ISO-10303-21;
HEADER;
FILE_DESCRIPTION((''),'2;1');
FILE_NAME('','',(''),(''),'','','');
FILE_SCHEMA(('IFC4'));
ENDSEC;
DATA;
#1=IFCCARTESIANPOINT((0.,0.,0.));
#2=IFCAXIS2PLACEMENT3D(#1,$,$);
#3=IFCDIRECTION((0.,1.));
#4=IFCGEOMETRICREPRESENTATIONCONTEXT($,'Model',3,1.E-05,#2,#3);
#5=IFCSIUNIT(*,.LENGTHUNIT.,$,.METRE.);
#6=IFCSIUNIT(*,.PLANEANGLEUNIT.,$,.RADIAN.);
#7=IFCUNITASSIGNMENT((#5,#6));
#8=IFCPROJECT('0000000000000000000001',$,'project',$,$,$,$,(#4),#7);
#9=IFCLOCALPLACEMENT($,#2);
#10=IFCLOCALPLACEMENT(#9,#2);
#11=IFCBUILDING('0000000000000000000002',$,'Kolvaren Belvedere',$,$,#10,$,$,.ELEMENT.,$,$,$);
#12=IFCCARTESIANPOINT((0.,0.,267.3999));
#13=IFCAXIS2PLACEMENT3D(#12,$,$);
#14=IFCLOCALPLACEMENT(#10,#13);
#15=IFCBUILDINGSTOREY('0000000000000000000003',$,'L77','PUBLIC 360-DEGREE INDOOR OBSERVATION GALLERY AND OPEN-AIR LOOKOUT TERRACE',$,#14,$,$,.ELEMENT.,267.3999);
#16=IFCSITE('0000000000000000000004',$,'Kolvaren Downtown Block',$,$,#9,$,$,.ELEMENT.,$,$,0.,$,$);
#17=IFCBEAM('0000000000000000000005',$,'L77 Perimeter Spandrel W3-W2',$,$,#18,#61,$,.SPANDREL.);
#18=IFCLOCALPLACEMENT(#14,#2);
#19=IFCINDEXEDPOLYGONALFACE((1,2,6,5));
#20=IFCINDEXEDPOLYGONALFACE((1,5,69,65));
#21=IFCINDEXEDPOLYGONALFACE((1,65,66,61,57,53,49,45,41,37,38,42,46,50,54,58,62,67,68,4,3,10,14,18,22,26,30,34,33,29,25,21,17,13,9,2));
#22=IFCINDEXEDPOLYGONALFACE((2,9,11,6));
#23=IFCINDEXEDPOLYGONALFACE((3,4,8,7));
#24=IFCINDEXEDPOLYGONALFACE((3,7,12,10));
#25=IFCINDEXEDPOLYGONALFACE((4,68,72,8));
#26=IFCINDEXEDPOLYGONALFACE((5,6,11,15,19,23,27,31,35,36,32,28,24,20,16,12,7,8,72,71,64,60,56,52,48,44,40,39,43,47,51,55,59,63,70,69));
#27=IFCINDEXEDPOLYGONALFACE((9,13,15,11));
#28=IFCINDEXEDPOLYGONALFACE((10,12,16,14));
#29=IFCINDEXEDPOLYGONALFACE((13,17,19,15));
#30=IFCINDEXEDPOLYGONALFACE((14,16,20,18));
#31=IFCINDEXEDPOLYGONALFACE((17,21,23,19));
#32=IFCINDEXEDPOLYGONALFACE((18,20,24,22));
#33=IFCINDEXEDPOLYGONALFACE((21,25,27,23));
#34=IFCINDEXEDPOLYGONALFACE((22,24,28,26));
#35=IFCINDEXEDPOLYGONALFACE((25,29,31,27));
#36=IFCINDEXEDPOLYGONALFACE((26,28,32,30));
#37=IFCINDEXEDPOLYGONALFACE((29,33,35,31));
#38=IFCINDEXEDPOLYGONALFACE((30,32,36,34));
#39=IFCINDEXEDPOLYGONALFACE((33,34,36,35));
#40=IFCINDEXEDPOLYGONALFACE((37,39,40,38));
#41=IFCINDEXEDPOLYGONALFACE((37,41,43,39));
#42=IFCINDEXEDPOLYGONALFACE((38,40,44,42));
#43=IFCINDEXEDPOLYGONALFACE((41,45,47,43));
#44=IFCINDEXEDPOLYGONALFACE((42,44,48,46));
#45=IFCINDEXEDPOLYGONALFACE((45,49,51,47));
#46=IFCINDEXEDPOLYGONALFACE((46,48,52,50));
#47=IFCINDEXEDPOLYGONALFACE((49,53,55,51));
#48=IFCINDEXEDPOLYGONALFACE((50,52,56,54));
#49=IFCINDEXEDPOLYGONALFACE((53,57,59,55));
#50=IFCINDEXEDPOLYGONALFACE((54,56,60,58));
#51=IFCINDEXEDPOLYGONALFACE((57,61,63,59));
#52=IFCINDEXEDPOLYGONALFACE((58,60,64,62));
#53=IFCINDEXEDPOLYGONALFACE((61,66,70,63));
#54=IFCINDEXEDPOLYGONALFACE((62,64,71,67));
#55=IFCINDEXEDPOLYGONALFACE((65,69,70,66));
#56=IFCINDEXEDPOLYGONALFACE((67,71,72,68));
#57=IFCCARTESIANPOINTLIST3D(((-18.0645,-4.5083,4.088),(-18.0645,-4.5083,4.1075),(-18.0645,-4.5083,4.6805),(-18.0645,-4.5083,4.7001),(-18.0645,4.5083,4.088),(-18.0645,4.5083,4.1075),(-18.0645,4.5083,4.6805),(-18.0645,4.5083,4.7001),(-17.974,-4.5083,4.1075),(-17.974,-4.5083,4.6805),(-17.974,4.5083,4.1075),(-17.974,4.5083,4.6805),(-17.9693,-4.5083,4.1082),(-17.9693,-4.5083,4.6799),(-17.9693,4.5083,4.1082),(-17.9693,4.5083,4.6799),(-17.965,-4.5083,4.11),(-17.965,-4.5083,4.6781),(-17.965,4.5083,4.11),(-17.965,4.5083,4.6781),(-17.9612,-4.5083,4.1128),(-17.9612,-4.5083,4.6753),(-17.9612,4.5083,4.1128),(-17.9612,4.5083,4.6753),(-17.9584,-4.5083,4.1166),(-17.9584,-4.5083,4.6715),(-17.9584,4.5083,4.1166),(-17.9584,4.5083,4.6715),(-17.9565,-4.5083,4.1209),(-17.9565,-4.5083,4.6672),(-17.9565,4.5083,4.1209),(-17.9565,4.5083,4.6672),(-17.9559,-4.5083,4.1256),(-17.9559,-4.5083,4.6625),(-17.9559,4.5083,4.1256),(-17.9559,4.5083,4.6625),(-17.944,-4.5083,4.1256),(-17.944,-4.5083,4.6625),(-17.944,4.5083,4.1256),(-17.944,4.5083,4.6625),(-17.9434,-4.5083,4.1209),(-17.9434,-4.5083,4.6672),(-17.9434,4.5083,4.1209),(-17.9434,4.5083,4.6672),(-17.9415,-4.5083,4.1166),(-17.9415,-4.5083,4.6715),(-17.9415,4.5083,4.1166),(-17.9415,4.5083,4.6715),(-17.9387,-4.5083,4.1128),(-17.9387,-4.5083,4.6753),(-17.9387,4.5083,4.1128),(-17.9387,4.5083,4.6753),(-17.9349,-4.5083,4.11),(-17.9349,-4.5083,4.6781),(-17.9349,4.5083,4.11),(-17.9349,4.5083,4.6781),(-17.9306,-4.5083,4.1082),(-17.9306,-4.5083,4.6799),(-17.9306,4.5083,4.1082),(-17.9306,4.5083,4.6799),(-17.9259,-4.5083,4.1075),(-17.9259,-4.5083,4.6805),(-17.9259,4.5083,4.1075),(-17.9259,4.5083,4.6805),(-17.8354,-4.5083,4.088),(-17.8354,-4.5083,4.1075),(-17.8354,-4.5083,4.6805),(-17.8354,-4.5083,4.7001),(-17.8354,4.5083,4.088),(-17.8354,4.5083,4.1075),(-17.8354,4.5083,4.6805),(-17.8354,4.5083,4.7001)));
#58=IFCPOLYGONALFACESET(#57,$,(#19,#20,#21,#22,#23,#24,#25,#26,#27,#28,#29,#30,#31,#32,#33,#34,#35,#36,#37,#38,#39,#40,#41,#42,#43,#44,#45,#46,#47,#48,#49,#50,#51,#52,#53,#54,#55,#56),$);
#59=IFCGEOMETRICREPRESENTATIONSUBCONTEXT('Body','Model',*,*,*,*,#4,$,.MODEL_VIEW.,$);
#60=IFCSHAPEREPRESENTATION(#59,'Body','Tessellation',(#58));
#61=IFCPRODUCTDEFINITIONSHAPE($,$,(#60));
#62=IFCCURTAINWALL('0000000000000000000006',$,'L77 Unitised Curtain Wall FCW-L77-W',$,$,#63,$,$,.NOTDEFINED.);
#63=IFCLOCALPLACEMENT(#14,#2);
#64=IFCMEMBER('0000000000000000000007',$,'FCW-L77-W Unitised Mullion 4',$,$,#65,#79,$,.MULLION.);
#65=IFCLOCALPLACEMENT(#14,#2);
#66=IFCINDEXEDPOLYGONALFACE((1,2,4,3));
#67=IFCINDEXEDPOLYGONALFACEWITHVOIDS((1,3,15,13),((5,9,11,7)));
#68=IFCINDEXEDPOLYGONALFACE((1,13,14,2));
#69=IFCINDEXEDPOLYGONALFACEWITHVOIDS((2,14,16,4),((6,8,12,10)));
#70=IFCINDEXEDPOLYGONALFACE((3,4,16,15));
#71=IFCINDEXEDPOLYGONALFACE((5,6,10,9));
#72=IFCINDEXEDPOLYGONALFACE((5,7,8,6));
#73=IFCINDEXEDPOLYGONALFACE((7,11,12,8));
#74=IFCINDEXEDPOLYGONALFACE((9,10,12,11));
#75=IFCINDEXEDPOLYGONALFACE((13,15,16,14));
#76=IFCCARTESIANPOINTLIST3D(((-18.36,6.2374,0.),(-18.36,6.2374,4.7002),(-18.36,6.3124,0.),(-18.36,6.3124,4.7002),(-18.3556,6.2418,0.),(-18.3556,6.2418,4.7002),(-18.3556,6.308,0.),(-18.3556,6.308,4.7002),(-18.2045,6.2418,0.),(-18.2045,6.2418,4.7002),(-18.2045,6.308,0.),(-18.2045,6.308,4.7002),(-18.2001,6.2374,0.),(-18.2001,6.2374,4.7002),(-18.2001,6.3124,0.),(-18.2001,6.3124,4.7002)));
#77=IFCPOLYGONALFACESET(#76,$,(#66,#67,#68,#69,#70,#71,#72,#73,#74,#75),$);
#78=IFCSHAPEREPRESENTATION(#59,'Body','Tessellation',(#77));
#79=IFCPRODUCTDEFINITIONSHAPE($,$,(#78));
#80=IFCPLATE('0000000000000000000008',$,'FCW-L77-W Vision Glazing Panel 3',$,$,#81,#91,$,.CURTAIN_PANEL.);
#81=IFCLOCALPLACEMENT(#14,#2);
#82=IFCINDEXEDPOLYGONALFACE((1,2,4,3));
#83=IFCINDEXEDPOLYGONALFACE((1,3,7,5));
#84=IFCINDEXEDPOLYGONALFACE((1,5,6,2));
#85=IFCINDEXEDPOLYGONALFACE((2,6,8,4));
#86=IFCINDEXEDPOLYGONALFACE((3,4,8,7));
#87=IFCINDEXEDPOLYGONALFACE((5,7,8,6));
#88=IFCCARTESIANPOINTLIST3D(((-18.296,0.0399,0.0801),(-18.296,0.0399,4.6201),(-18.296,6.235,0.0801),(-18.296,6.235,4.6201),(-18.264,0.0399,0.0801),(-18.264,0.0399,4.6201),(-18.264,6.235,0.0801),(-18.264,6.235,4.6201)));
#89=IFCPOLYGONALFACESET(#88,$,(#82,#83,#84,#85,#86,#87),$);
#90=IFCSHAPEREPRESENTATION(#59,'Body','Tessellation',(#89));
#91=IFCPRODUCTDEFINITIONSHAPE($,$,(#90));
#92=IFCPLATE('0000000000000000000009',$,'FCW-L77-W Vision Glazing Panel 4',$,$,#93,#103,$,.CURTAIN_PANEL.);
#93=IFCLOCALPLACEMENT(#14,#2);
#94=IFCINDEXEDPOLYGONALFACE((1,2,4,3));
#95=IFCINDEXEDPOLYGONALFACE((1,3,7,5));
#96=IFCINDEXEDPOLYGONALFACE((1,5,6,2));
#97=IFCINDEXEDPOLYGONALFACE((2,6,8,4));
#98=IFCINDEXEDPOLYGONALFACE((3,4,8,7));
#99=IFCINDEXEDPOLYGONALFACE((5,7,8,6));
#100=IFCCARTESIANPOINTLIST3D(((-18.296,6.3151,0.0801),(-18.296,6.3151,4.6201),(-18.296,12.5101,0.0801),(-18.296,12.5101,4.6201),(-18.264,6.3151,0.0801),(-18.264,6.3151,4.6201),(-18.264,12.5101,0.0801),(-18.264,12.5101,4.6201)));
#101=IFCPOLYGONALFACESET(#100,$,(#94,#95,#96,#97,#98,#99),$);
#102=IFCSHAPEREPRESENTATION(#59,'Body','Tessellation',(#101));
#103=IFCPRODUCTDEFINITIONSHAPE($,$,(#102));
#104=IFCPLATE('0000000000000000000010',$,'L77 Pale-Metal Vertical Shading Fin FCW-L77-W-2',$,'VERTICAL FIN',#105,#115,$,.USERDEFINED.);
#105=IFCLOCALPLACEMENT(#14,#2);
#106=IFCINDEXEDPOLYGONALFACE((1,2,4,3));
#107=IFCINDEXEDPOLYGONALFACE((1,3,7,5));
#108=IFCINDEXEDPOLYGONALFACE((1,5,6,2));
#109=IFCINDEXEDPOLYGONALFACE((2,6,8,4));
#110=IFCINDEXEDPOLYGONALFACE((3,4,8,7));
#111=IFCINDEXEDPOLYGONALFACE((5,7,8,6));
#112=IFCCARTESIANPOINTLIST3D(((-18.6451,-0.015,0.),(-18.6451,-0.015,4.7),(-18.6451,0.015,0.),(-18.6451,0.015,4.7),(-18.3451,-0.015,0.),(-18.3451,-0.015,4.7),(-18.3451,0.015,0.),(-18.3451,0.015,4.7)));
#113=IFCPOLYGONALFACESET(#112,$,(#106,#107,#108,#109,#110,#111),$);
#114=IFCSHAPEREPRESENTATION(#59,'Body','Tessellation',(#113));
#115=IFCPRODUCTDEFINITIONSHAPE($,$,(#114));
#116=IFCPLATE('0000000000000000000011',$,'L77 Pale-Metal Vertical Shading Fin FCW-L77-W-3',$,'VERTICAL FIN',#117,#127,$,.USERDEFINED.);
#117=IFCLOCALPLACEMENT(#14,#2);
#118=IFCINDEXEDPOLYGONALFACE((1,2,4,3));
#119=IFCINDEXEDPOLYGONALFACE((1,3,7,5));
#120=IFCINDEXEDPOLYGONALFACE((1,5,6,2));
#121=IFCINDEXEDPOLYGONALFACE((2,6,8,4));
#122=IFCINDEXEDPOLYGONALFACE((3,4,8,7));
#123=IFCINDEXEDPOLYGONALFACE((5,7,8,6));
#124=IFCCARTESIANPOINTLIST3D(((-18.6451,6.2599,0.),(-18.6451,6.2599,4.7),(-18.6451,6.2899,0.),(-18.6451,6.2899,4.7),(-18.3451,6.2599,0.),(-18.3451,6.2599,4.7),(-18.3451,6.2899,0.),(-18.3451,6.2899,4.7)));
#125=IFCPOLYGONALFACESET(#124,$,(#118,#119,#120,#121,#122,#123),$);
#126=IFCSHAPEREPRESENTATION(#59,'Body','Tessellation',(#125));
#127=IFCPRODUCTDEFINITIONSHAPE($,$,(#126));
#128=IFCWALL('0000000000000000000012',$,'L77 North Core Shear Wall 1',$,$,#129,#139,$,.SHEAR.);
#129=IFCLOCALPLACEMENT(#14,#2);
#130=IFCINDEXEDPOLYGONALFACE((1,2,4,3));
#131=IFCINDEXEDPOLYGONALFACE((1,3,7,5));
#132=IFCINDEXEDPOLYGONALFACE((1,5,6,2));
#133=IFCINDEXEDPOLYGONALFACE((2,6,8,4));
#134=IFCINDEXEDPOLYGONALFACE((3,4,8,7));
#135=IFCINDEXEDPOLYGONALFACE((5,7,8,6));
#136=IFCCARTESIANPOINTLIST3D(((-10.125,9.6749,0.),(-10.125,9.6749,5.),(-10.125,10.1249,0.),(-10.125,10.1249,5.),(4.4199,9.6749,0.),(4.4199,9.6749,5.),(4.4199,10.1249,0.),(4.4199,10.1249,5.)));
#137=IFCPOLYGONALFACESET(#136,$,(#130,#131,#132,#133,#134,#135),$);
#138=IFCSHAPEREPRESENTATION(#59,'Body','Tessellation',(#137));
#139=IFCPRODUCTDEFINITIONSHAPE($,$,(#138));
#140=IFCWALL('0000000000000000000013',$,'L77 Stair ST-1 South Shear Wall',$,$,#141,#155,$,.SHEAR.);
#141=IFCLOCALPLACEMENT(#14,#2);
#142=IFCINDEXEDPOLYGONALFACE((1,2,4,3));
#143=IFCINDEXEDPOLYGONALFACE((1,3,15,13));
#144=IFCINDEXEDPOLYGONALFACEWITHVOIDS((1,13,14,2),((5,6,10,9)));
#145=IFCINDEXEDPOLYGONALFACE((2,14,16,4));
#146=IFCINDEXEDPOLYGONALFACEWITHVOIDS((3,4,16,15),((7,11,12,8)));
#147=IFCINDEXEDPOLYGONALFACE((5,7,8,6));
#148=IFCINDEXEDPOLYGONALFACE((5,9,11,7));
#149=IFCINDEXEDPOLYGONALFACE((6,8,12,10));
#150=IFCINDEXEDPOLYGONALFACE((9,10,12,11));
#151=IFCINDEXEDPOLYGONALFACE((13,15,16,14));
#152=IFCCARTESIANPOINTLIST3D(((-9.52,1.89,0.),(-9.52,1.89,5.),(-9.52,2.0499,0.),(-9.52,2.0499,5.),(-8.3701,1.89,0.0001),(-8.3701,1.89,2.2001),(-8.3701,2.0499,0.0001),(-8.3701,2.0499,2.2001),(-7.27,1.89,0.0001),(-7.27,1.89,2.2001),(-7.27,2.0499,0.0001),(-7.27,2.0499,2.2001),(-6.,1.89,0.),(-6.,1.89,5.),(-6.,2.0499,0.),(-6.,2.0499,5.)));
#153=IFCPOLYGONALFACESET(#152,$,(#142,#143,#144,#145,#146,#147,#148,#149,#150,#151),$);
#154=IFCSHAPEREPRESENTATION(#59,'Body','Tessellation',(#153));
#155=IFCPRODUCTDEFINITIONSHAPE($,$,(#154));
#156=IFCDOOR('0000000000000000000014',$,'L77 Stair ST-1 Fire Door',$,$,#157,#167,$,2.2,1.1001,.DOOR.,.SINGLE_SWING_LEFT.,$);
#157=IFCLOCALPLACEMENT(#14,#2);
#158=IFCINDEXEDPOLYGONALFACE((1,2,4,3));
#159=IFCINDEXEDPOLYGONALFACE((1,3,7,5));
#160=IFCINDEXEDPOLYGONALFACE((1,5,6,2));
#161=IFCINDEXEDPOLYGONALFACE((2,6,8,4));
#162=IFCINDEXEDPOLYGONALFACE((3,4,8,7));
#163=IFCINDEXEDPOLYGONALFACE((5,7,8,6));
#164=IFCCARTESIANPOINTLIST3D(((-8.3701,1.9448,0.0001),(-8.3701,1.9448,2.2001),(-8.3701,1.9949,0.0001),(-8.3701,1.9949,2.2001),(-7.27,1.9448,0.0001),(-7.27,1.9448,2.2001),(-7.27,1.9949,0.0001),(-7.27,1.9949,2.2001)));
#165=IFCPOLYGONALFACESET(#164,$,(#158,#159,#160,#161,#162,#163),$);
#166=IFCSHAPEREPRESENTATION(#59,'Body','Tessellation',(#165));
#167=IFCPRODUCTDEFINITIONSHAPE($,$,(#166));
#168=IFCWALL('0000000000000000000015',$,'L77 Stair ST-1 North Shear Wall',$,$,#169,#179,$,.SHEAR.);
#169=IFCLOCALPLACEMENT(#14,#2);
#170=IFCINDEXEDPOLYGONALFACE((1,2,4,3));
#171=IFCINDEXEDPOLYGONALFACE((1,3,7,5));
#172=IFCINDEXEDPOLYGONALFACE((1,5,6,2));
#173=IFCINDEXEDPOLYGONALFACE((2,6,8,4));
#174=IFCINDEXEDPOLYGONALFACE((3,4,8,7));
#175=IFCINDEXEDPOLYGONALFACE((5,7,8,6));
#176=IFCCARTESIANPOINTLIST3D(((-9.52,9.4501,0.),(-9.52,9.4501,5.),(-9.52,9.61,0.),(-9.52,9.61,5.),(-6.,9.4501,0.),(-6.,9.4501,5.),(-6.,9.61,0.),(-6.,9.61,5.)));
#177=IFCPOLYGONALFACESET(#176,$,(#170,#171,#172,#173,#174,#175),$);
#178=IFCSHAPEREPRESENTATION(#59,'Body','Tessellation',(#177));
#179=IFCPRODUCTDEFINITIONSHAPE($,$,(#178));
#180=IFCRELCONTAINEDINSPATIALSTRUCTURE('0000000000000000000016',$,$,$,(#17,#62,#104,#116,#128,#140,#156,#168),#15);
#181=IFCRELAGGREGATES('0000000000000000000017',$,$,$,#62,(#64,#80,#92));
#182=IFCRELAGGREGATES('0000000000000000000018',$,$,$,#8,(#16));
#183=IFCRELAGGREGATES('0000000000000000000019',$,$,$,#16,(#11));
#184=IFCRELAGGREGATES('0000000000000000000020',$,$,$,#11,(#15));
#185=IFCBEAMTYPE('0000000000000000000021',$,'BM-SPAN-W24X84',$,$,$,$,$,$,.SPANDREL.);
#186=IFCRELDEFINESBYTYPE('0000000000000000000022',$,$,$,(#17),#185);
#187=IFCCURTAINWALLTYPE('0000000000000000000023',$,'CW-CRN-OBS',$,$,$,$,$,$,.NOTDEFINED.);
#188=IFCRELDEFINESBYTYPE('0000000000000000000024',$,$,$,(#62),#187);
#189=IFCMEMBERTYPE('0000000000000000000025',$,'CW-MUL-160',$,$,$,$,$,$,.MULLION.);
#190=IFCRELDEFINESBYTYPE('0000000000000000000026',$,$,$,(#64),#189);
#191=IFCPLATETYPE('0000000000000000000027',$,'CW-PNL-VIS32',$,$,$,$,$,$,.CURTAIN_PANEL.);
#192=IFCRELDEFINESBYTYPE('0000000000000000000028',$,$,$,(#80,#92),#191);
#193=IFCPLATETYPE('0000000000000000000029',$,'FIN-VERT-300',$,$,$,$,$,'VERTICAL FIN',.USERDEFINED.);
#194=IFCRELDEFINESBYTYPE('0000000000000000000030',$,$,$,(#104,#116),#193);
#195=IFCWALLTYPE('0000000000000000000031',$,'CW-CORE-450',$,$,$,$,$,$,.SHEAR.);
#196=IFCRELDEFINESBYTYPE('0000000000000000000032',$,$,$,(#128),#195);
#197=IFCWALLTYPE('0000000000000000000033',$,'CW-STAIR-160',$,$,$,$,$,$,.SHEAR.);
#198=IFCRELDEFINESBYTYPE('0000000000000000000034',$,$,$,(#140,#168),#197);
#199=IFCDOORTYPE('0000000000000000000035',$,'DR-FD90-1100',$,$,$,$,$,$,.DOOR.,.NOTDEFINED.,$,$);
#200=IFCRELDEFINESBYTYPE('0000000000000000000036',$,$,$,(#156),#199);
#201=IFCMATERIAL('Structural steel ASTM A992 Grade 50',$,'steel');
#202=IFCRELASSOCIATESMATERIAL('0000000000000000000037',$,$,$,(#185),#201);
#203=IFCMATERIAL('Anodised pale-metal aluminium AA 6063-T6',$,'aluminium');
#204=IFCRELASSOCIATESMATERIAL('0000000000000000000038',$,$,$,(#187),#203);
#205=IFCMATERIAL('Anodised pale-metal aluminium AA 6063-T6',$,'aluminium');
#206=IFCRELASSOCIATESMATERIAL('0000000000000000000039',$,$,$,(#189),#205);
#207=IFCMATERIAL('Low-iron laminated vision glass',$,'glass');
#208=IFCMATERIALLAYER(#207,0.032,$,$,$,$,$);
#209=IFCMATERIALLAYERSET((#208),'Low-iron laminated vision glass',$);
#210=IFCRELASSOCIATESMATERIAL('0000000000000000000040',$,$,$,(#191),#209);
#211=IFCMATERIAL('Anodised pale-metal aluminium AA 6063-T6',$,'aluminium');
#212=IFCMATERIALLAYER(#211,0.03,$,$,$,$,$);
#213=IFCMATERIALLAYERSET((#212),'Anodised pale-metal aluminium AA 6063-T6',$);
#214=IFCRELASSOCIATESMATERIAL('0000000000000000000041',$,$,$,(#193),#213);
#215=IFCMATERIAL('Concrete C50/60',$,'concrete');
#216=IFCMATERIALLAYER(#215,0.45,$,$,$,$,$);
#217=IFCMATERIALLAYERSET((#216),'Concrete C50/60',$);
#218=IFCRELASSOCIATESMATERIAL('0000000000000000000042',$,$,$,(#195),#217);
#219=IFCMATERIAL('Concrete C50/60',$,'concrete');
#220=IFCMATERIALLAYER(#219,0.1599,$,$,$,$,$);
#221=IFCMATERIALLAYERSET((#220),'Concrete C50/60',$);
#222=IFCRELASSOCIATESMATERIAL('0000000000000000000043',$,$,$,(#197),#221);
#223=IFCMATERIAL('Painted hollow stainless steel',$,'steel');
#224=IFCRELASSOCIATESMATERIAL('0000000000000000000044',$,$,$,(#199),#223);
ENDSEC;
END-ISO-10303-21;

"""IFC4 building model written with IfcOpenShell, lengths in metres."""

from ifc_helpers import new_model, si_unit, direction, frame, frame_2d, origin, origin_2d, place, context, subcontext, project, spatial, rectangle, hollow_rectangle, i_section, extrude, material, layer, layer_set, material_profile, profile_set, type_object, element, fill, aggregate, save


model = new_model("IFC4")

# Units and contexts
model_context = context("Model", 3, precision=1e-05, world=origin(), true_north=direction((0.0, 1.0)))
body_context = subcontext(model_context, "Body", "Model", "MODEL_VIEW")
ifc_project = project(units=[si_unit("LENGTHUNIT", "METRE"), si_unit("PLANEANGLEUNIT", "RADIAN")], contexts=[model_context])

# Site, building, storey
site_placement = place(None, origin())
site = spatial("IfcSite", under=ifc_project, at=site_placement, Name="Kolvaren Downtown Block", CompositionType="ELEMENT", RefElevation=0.0)
building_placement = place(site_placement, origin())
building = spatial("IfcBuilding", under=site, at=building_placement, Name="Kolvaren Belvedere", CompositionType="ELEMENT")
storey_placement = place(building_placement, frame((0.0, 0.0, 267.3999)))
storey = spatial("IfcBuildingStorey", under=building, at=storey_placement, Name="L77", Description="PUBLIC 360-DEGREE INDOOR OBSERVATION GALLERY AND OPEN-AIR LOOKOUT TERRACE", CompositionType="ELEMENT", Elevation=267.3999)

# Beam
ifc_material_1 = material(Name="Structural steel ASTM A992 Grade 50", Category="steel")
ifc_material_profile_1 = material_profile(ifc_material_1, i_section(OverallWidth=0.229, OverallDepth=0.6121, WebThickness=0.012, FlangeThickness=0.0195, FilletRadius=0.0181, at=origin_2d()), Name="W24X84")
ifc_profile_set_1 = profile_set([ifc_material_profile_1], Name="Structural steel ASTM A992 Grade 50")
beam_type_1 = type_object("IfcBeamType", Name="BM-SPAN-W24X84", PredefinedType="SPANDREL", material=ifc_profile_set_1)
beam_1_placement = place(storey_placement, frame((-17.95, 4.5083, 4.394), z_axis=(0.0, -1.0, 0.0), x_axis=(1.0, 0.0, 0.0)))
element("IfcBeam", 1, at=beam_1_placement, inside=storey, type_object=beam_type_1, Name="L77 Perimeter Spandrel W3-W2", PredefinedType="SPANDREL", context=body_context, shape_type="SweptSolid", body=[
    extrude(i_section(OverallWidth=0.229, OverallDepth=0.6121, WebThickness=0.012, FlangeThickness=0.0195, FilletRadius=0.0181, at=origin_2d()), origin(), (0.0, 0.0, 1.0), 9.0166),
])

# Curtain wall, member, plates
ifc_material_2 = material(Name="Anodised pale-metal aluminium AA 6063-T6", Category="aluminium")
curtain_wall_type = type_object("IfcCurtainWallType", Name="CW-CRN-OBS", PredefinedType="NOTDEFINED", material=ifc_material_2)
curtain_wall_placement = place(storey_placement, origin())
curtain_wall = element("IfcCurtainWall", 2, at=curtain_wall_placement, inside=storey, type_object=curtain_wall_type, Name="L77 Unitised Curtain Wall FCW-L77-W", PredefinedType="NOTDEFINED")
ifc_material_3 = material(Name="Anodised pale-metal aluminium AA 6063-T6", Category="aluminium")
ifc_material_profile_2 = material_profile(ifc_material_3, hollow_rectangle(XDim=0.075, YDim=0.1599, WallThickness=0.0044, at=origin_2d()), Name="ALU-MUL-160X75")
ifc_profile_set_2 = profile_set([ifc_material_profile_2], Name="Anodised pale-metal aluminium AA 6063-T6")
member_type = type_object("IfcMemberType", Name="CW-MUL-160", PredefinedType="MULLION", material=ifc_profile_set_2)
member_placement = place(storey_placement, frame((-18.28, 6.2749, 0.0), z_axis=(0.0, 0.0, 1.0), x_axis=(0.0, 1.0, 0.0)))
member = element("IfcMember", 3, at=member_placement, type_object=member_type, Name="FCW-L77-W Unitised Mullion 4", PredefinedType="MULLION", context=body_context, shape_type="SweptSolid", body=[
    extrude(hollow_rectangle(XDim=0.075, YDim=0.1599, WallThickness=0.0044, at=origin_2d()), origin(), (0.0, 0.0, 1.0), 4.7002),
])
ifc_material_4 = material(Name="Low-iron laminated vision glass", Category="glass")
ifc_layer_1 = layer(ifc_material_4, 0.032)
ifc_layer_set_1 = layer_set([ifc_layer_1], Name="Low-iron laminated vision glass")
plate_type_1 = type_object("IfcPlateType", Name="CW-PNL-VIS32", PredefinedType="CURTAIN_PANEL", material=ifc_layer_set_1)
plate_1_placement = place(storey_placement, frame((-18.28, 3.1375, 0.0801), z_axis=(0.0, 0.0, 1.0), x_axis=(0.0, 1.0, 0.0)))
plate_1 = element("IfcPlate", 4, at=plate_1_placement, type_object=plate_type_1, Name="FCW-L77-W Vision Glazing Panel 3", PredefinedType="CURTAIN_PANEL", context=body_context, shape_type="SweptSolid", body=[
    extrude(rectangle(XDim=6.1951, YDim=0.032, at=origin_2d()), origin(), (0.0, 0.0, 1.0), 4.54),
])
plate_2_placement = place(storey_placement, frame((-18.28, 9.4126, 0.0801), z_axis=(0.0, 0.0, 1.0), x_axis=(0.0, 1.0, 0.0)))
plate_2 = element("IfcPlate", 5, at=plate_2_placement, type_object=plate_type_1, Name="FCW-L77-W Vision Glazing Panel 4", PredefinedType="CURTAIN_PANEL", context=body_context, shape_type="SweptSolid", body=[
    extrude(rectangle(XDim=6.1951, YDim=0.032, at=origin_2d()), origin(), (0.0, 0.0, 1.0), 4.54),
])
aggregate(curtain_wall, [member, plate_1, plate_2])

# Plates
ifc_material_5 = material(Name="Anodised pale-metal aluminium AA 6063-T6", Category="aluminium")
ifc_layer_2 = layer(ifc_material_5, 0.03)
ifc_layer_set_2 = layer_set([ifc_layer_2], Name="Anodised pale-metal aluminium AA 6063-T6")
plate_type_2 = type_object("IfcPlateType", Name="FIN-VERT-300", ElementType="VERTICAL FIN", PredefinedType="USERDEFINED", material=ifc_layer_set_2)
for number, where, z_axis, x_axis, name in (
    (6, (-18.4951, 0.0, 0.0), (0.0, 0.0, 1.0), (1.0, 0.0, 0.0), "L77 Pale-Metal Vertical Shading Fin FCW-L77-W-2"),
    (7, (-18.4951, 6.2749, 0.0), (0.0, 0.0, 1.0), (1.0, 0.0, 0.0), "L77 Pale-Metal Vertical Shading Fin FCW-L77-W-3"),
):
    element("IfcPlate", number, at=place(storey_placement, frame(where, z_axis=z_axis, x_axis=x_axis)), inside=storey, type_object=plate_type_2, Name=name, ObjectType="VERTICAL FIN", PredefinedType="USERDEFINED", context=body_context, shape_type="SweptSolid", body=[
        extrude(rectangle(XDim=0.3, YDim=0.03, at=origin_2d()), origin(), (0.0, 0.0, 1.0), 4.7),
    ])

# Wall
ifc_material_6 = material(Name="Concrete C50/60", Category="concrete")
ifc_layer_3 = layer(ifc_material_6, 0.45)
ifc_layer_set_3 = layer_set([ifc_layer_3], Name="Concrete C50/60")
wall_type_1 = type_object("IfcWallType", Name="CW-CORE-450", PredefinedType="SHEAR", material=ifc_layer_set_3)
wall_1_placement = place(storey_placement, frame((-10.125, 9.8999, 0.0), z_axis=(0.0, 0.0, 1.0), x_axis=(1.0, 0.0, 0.0)))
element("IfcWall", 8, at=wall_1_placement, inside=storey, type_object=wall_type_1, Name="L77 North Core Shear Wall 1", PredefinedType="SHEAR", context=body_context, shape_type="SweptSolid", body=[
    extrude(rectangle(XDim=14.5449, YDim=0.45, at=frame_2d((7.2725, 0.0))), origin(), (0.0, 0.0, 1.0), 5.0),
])

# Wall, opening, door
ifc_material_7 = material(Name="Concrete C50/60", Category="concrete")
ifc_layer_4 = layer(ifc_material_7, 0.1599)
ifc_layer_set_4 = layer_set([ifc_layer_4], Name="Concrete C50/60")
wall_type_2 = type_object("IfcWallType", Name="CW-STAIR-160", PredefinedType="SHEAR", material=ifc_layer_set_4)
wall_2_placement = place(storey_placement, frame((-9.52, 1.97, 0.0), z_axis=(0.0, 0.0, 1.0), x_axis=(1.0, 0.0, 0.0)))
wall_2 = element("IfcWall", 9, at=wall_2_placement, inside=storey, type_object=wall_type_2, Name="L77 Stair ST-1 South Shear Wall", PredefinedType="SHEAR", context=body_context, shape_type="SweptSolid", body=[
    extrude(rectangle(XDim=3.52, YDim=0.1599, at=frame_2d((1.76, 0.0))), origin(), (0.0, 0.0, 1.0), 5.0),
])
opening_placement = place(wall_2_placement, frame((1.1499, 0.0, 0.0)))
opening = element("IfcOpeningElement", 10, at=opening_placement, cuts=wall_2, PredefinedType="OPENING", context=body_context, shape_type="SweptSolid", body=[
    extrude(rectangle(XDim=1.1001, YDim=2.2, at=frame_2d((0.55, 1.1001))), frame((0.0, 0.0898, 0.0), z_axis=(0.0, -1.0, 0.0), x_axis=(1.0, 0.0, 0.0)), (0.0, 0.0, 1.0), 0.1799),
])
ifc_material_8 = material(Name="Painted hollow stainless steel", Category="steel")
door_type = type_object("IfcDoorType", Name="DR-FD90-1100", OperationType="NOTDEFINED", PredefinedType="DOOR", material=ifc_material_8)
door_placement = place(opening_placement, origin())
door = element("IfcDoor", 11, at=door_placement, inside=storey, type_object=door_type, Name="L77 Stair ST-1 Fire Door", OperationType="SINGLE_SWING_LEFT", OverallHeight=2.2, OverallWidth=1.1001, PredefinedType="DOOR", context=body_context, shape_type="SweptSolid", body=[
    extrude(rectangle(XDim=1.1001, YDim=2.2, at=frame_2d((0.55, 1.1001))), frame((0.0, 0.0249, 0.0), z_axis=(0.0, -1.0, 0.0), x_axis=(1.0, 0.0, 0.0)), (0.0, 0.0, 1.0), 0.05),
])
fill(opening, door)

# Wall
wall_3_placement = place(storey_placement, frame((-9.52, 9.53, 0.0), z_axis=(0.0, 0.0, 1.0), x_axis=(1.0, 0.0, 0.0)))
element("IfcWall", 12, at=wall_3_placement, inside=storey, type_object=wall_type_2, Name="L77 Stair ST-1 North Shear Wall", PredefinedType="SHEAR", context=body_context, shape_type="SweptSolid", body=[
    extrude(rectangle(XDim=3.52, YDim=0.1599, at=frame_2d((1.76, 0.0))), origin(), (0.0, 0.0, 1.0), 5.0),
])

save(model, "model.ifc")
